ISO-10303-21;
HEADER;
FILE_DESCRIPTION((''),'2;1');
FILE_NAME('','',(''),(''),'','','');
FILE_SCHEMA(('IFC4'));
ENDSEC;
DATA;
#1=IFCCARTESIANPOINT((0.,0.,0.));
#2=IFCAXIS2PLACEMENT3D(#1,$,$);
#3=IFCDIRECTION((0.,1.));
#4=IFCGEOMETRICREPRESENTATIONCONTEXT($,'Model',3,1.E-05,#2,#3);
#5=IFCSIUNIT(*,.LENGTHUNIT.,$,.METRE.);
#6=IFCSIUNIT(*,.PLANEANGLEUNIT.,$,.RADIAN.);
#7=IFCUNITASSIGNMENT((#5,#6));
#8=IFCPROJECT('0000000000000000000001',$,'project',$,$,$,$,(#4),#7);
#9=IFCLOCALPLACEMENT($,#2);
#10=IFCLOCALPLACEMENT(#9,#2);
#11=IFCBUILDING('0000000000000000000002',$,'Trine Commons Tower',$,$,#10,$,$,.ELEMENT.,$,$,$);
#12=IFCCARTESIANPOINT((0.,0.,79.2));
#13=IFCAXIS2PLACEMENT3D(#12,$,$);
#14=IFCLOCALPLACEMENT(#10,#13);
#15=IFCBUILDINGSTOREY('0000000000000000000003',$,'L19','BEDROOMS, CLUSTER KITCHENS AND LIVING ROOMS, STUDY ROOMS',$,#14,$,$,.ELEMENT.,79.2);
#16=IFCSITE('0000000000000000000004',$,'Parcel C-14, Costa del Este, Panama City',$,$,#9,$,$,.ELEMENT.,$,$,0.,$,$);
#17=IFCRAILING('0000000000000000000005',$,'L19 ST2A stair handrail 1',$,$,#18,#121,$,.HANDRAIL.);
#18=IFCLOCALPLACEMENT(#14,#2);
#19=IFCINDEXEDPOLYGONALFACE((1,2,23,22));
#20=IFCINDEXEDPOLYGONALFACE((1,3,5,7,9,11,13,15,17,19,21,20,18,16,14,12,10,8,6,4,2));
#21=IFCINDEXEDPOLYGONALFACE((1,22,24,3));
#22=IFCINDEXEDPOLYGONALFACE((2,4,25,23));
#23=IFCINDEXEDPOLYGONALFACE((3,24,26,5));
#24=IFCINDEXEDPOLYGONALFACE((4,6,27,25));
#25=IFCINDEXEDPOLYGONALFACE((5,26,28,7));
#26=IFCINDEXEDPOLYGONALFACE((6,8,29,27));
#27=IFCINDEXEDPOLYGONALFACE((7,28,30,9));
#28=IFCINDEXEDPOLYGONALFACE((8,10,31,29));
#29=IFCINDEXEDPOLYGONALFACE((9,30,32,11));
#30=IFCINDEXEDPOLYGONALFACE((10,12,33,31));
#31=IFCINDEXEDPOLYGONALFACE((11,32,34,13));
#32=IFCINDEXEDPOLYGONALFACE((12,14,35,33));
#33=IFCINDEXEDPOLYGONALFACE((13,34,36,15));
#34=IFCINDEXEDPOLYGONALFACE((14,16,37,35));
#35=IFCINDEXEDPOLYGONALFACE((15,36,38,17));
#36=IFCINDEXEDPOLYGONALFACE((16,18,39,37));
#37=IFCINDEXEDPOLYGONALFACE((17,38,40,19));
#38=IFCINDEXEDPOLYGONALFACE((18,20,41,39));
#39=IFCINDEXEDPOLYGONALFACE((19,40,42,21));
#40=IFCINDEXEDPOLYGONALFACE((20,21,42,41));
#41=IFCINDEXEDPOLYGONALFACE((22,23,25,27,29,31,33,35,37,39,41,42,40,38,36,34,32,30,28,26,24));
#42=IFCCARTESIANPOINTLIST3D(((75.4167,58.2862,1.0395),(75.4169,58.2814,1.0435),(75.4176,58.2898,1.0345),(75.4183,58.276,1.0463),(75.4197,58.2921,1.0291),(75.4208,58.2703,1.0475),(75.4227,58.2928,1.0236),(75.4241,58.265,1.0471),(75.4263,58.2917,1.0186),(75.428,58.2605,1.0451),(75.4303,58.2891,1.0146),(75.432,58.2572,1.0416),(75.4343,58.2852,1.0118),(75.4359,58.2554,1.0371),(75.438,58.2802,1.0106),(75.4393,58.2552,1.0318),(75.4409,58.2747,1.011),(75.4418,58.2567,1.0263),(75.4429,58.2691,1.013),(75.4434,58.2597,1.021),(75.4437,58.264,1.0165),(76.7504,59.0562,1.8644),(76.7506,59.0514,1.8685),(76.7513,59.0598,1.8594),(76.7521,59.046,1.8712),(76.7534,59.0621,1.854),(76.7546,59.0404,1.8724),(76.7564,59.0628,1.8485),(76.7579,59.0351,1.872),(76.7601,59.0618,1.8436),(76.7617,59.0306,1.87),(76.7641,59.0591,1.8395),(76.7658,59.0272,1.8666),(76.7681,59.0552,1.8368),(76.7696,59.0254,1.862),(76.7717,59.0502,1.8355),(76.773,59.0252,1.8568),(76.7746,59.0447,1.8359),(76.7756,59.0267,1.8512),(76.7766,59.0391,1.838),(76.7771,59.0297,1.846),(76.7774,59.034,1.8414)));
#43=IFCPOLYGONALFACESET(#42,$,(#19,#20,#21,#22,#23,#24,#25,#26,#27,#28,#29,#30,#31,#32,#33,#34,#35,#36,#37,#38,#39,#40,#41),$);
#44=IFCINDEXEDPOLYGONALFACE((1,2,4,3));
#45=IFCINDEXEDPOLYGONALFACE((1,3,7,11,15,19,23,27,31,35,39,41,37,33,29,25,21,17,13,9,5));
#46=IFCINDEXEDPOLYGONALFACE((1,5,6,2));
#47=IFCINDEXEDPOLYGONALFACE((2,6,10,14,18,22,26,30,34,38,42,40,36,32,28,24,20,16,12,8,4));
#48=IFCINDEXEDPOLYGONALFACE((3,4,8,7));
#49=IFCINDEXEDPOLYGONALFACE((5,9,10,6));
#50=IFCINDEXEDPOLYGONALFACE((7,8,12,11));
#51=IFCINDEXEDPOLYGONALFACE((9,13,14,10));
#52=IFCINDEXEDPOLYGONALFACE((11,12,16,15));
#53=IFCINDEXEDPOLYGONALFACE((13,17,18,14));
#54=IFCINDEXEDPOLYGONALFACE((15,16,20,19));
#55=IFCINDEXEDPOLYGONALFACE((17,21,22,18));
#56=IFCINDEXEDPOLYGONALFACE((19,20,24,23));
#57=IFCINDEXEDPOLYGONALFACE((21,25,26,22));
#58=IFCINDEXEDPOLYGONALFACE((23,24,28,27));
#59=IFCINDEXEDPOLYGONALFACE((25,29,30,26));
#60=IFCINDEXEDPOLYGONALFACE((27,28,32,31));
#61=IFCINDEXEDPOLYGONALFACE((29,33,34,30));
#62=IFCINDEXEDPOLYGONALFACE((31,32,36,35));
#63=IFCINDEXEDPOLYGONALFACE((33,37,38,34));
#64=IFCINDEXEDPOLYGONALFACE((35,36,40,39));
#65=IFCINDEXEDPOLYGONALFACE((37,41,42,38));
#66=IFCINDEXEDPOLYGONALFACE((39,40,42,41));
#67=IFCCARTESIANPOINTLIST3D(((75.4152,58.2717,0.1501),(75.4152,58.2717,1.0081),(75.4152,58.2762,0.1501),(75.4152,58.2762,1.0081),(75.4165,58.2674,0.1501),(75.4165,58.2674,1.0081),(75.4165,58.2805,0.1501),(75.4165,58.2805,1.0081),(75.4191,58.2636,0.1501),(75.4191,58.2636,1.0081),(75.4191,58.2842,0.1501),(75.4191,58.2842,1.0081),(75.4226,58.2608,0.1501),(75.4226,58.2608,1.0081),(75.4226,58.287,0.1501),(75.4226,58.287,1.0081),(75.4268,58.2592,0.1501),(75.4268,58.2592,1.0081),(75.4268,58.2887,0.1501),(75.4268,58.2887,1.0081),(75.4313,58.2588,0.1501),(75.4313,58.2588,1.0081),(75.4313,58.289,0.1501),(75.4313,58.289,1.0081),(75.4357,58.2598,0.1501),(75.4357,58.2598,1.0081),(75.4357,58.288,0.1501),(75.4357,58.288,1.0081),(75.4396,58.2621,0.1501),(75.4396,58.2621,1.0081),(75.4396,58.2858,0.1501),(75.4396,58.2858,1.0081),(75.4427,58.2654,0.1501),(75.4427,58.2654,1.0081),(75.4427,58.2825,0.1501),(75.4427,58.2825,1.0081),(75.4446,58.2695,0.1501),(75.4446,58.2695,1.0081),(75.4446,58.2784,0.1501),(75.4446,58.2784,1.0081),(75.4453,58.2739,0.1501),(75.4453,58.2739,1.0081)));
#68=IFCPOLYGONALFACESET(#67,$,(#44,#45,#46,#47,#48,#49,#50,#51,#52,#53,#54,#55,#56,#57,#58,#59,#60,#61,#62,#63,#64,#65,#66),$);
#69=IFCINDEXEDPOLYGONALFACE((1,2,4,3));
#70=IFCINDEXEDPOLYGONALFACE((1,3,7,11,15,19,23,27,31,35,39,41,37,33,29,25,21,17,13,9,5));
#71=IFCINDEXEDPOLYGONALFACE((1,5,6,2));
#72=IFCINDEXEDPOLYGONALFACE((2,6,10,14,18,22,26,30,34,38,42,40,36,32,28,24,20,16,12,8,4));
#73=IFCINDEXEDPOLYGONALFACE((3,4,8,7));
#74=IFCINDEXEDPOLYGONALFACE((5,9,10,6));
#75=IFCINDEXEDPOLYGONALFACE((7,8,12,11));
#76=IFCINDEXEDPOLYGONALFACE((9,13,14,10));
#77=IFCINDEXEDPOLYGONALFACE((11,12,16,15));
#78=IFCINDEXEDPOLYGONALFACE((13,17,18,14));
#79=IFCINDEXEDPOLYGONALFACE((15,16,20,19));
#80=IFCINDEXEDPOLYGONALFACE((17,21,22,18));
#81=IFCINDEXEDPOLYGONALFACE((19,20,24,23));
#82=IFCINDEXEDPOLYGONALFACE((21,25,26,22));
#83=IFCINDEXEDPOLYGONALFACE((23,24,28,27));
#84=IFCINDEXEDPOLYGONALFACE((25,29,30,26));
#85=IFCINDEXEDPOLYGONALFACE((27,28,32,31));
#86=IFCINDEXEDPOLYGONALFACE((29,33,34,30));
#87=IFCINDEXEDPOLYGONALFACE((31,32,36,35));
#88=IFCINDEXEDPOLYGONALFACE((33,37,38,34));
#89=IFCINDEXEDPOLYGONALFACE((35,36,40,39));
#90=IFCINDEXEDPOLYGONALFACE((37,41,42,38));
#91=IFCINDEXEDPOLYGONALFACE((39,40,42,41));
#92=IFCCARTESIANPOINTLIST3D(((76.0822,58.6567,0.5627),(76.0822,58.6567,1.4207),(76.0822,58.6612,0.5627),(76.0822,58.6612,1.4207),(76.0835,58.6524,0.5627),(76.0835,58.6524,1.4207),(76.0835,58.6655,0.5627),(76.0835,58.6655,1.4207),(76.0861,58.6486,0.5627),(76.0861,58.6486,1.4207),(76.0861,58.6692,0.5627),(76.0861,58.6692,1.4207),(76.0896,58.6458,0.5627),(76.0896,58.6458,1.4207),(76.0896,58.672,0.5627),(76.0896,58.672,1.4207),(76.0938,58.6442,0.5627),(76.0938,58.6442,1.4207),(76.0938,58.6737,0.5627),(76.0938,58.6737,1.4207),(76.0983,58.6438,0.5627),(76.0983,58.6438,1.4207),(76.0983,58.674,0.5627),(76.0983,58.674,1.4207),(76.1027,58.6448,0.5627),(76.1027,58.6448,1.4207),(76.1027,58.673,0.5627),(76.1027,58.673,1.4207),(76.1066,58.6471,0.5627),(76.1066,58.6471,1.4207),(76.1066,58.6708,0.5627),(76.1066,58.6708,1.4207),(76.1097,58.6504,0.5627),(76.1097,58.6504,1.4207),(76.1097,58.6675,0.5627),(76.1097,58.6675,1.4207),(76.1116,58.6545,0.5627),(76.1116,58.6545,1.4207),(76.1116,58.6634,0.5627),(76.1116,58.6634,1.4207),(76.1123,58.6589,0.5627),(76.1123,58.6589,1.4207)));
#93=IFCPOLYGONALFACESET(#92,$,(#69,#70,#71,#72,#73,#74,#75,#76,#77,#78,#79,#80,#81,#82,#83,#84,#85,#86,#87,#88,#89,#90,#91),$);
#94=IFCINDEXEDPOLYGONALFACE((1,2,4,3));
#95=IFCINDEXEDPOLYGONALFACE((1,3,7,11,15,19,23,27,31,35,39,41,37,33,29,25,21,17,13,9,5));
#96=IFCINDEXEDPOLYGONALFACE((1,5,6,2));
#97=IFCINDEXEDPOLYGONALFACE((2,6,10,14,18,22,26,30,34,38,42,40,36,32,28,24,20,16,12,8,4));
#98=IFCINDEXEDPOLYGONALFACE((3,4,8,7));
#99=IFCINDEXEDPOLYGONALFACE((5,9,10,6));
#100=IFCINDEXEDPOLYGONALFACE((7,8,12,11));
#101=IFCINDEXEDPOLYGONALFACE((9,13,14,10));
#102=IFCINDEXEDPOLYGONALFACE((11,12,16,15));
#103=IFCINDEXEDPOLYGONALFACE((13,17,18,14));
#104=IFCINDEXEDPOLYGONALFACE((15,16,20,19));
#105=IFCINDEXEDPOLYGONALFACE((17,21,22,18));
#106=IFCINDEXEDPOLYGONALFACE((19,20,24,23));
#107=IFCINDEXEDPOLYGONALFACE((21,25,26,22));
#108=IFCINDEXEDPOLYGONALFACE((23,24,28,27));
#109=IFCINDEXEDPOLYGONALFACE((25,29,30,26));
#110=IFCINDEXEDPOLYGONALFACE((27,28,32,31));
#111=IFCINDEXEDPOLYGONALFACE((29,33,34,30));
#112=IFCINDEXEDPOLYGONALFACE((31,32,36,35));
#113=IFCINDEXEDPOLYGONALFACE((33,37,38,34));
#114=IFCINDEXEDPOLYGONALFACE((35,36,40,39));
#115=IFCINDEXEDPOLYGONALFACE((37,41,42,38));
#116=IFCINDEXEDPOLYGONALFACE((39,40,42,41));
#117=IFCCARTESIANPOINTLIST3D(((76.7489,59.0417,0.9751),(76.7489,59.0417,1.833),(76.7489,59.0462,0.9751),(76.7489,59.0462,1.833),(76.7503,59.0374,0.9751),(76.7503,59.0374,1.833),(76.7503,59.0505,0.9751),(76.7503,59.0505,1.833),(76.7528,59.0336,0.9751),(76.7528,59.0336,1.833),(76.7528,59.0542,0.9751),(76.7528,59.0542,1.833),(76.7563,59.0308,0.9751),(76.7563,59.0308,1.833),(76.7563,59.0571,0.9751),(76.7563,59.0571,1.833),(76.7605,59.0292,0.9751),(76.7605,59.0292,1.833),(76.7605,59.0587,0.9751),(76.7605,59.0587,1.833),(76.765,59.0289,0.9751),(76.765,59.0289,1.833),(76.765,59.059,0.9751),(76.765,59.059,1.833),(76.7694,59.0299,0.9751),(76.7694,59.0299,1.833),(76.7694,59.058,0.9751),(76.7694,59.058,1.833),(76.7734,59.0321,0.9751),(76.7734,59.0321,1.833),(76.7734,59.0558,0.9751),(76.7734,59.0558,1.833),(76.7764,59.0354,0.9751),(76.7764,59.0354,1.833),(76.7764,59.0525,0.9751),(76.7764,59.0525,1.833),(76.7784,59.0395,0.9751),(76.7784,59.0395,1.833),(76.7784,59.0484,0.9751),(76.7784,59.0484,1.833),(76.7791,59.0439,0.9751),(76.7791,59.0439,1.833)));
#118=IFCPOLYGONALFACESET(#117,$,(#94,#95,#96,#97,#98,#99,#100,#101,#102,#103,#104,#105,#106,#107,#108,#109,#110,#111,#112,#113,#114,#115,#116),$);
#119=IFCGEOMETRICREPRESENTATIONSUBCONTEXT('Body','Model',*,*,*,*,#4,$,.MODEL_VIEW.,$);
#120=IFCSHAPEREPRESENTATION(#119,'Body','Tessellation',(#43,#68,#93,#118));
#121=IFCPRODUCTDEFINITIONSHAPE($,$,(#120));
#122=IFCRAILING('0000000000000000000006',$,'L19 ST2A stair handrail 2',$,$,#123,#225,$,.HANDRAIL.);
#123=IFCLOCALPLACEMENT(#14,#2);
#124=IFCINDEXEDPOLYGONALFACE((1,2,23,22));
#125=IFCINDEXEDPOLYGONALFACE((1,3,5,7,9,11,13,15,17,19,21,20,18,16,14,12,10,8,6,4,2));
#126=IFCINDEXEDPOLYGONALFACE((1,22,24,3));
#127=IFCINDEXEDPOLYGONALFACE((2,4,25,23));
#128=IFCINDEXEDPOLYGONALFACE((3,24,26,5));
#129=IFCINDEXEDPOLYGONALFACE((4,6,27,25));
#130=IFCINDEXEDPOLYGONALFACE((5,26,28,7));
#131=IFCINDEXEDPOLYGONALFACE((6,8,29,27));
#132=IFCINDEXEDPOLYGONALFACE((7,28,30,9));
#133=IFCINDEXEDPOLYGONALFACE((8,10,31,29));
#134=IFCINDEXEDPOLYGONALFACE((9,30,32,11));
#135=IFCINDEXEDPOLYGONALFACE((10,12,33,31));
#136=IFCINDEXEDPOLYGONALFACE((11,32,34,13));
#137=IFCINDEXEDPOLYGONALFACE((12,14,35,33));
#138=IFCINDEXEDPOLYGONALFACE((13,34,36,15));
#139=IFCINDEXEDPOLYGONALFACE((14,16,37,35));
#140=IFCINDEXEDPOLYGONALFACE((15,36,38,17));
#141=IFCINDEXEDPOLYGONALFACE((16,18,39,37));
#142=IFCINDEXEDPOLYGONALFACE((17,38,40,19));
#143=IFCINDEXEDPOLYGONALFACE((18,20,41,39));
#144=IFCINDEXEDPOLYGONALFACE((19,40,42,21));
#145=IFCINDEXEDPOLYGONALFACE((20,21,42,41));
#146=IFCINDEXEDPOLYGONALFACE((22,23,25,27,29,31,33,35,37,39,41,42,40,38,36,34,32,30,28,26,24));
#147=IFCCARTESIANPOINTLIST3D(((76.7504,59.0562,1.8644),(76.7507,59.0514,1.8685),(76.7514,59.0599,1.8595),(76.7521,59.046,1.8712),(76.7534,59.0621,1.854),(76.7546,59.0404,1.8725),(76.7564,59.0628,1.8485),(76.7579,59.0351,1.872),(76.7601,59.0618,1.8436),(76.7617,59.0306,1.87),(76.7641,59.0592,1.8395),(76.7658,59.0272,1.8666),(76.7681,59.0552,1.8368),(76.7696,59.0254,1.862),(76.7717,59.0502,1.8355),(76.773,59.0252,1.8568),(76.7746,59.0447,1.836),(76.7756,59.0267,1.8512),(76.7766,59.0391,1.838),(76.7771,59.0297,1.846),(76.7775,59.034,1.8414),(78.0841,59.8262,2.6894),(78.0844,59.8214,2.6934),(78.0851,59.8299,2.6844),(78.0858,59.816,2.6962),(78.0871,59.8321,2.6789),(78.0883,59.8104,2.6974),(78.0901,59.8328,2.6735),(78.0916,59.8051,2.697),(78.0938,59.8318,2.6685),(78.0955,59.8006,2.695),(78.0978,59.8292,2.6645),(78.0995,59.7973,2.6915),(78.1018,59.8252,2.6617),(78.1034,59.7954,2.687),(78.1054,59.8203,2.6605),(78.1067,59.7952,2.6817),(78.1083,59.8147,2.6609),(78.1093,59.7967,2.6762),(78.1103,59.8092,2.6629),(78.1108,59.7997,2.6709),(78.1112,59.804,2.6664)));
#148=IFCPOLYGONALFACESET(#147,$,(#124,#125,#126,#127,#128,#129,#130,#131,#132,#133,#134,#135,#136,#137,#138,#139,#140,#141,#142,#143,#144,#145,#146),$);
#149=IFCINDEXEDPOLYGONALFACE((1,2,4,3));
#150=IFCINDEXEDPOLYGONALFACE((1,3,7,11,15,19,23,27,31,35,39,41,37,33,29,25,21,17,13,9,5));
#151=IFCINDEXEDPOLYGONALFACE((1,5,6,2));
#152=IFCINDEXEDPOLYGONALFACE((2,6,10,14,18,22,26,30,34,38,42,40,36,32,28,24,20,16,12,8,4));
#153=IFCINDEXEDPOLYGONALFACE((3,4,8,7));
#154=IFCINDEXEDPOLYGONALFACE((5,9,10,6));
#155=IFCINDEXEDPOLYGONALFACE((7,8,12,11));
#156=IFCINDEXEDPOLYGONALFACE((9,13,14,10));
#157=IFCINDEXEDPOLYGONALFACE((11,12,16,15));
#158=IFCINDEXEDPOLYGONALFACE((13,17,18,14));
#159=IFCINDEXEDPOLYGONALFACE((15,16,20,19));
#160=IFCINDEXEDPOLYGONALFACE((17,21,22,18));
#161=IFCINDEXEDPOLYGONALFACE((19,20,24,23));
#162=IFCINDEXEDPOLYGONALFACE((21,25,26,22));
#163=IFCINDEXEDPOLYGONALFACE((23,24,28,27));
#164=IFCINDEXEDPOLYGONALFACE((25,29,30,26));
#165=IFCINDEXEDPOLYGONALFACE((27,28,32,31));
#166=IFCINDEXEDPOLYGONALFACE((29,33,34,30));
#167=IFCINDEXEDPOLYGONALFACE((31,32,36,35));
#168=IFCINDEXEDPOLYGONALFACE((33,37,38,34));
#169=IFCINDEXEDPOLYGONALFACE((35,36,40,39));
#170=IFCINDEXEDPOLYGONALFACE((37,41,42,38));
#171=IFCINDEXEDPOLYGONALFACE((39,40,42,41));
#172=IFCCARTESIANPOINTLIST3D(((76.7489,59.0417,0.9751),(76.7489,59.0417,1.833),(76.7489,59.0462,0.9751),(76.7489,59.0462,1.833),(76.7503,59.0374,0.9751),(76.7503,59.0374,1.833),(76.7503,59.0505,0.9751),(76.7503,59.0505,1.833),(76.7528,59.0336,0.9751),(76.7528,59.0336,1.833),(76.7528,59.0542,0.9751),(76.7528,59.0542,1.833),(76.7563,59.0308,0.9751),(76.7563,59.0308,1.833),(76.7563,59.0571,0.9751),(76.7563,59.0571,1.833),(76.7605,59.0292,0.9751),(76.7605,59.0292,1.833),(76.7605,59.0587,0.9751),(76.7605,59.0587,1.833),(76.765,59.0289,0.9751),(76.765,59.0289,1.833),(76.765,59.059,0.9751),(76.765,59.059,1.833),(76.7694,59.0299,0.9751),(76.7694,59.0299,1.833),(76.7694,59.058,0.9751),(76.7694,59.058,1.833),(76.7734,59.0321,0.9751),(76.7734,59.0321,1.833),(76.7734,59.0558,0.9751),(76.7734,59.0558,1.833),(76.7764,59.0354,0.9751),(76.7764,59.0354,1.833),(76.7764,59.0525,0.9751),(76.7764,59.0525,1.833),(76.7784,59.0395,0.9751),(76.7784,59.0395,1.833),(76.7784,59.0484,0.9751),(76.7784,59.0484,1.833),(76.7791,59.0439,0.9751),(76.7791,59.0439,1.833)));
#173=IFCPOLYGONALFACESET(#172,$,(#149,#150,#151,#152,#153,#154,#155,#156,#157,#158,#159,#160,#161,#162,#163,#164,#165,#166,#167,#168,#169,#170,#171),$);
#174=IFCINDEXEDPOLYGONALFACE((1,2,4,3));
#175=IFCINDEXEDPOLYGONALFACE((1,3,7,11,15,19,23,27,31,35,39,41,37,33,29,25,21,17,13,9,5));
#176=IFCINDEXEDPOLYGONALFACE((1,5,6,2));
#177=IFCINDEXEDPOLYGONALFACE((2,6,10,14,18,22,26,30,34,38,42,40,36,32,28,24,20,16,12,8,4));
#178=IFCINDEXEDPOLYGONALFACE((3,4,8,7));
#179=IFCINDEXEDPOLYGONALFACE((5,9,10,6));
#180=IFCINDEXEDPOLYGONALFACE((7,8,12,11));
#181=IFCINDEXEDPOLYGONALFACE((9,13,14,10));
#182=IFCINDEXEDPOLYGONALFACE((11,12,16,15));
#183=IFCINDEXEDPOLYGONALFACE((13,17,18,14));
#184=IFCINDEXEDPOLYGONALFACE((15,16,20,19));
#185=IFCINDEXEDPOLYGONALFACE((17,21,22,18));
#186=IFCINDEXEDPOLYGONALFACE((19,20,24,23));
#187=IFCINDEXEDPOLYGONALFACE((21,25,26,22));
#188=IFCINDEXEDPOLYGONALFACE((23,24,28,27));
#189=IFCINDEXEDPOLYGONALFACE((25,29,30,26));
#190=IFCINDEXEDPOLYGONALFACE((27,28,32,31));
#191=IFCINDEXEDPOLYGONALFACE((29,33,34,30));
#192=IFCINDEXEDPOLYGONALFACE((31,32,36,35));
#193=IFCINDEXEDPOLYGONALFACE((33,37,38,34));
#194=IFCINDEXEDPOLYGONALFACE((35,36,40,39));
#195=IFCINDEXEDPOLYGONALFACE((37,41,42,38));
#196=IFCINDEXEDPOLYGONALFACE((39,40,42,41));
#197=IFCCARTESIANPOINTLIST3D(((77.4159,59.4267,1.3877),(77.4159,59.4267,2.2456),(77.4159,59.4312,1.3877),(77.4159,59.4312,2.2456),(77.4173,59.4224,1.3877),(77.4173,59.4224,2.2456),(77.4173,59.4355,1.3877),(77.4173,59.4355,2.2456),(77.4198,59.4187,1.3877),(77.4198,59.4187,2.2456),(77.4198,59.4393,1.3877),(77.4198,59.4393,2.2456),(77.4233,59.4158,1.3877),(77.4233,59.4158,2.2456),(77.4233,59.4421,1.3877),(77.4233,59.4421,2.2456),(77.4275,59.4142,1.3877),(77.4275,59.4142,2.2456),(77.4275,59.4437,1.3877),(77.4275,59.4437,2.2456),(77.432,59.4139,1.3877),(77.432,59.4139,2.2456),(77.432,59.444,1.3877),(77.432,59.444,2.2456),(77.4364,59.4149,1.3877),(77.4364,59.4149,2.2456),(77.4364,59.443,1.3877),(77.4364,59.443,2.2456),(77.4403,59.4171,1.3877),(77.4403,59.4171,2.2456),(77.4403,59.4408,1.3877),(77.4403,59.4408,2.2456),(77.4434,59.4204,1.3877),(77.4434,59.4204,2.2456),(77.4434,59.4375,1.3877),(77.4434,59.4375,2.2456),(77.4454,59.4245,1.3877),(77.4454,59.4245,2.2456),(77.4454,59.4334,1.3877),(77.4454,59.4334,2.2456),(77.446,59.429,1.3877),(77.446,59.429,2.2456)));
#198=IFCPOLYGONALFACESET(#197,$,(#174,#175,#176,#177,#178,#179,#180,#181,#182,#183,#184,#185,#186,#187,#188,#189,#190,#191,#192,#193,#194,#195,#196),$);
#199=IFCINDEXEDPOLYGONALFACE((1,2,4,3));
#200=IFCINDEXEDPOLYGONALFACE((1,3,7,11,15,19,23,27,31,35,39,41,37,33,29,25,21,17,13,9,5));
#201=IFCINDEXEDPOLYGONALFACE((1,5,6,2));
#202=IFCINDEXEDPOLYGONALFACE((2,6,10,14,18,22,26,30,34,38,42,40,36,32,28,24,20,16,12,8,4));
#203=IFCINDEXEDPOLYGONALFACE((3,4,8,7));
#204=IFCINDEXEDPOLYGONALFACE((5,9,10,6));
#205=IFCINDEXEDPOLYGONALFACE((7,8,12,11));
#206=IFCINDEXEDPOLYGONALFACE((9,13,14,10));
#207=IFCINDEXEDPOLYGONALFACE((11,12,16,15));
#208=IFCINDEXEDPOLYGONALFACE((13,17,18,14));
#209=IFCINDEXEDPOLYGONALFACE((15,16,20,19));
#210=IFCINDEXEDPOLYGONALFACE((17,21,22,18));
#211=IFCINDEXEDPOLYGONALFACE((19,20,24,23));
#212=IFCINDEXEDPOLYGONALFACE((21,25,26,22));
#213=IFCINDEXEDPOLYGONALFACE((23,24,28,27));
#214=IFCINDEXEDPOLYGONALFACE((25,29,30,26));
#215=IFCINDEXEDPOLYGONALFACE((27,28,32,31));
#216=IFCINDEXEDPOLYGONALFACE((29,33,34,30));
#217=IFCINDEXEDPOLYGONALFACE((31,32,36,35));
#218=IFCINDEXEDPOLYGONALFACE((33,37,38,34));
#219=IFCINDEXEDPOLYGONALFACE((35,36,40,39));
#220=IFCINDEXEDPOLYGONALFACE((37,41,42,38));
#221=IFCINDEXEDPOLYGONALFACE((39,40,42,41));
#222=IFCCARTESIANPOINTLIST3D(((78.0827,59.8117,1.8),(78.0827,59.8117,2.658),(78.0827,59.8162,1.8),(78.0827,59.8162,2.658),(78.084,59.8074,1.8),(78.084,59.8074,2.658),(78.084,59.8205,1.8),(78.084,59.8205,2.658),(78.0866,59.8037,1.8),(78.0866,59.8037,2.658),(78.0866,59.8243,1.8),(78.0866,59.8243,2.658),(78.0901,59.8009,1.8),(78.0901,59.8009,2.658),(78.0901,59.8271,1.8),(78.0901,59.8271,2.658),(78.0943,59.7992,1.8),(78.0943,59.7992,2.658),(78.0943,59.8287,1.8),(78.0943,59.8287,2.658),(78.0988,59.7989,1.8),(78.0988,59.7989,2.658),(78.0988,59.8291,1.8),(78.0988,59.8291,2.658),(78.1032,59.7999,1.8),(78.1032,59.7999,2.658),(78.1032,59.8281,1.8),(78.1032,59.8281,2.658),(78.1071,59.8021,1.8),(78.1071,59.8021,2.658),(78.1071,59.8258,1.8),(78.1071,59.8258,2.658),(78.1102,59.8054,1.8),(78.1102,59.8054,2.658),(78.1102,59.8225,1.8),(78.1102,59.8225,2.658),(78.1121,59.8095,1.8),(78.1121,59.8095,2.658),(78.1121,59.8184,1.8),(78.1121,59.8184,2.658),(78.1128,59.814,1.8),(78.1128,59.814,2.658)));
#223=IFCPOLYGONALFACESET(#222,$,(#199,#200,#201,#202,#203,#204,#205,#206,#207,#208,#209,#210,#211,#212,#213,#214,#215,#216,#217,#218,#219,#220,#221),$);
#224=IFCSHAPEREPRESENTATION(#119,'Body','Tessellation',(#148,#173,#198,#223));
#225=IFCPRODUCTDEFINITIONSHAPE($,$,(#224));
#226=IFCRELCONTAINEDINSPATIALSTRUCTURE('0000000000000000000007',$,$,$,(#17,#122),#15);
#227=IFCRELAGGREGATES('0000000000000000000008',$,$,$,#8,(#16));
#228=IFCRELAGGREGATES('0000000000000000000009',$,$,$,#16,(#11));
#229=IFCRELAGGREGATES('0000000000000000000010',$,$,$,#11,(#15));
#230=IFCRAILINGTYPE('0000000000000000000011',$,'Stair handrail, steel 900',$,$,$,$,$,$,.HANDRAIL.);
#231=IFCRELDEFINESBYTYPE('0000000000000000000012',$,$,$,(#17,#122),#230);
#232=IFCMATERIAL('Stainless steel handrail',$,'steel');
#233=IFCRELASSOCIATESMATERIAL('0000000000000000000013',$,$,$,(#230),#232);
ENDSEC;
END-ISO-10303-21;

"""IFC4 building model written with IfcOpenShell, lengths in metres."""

from ifc_helpers import new_model, si_unit, direction, frame, origin, origin_2d, place, context, subcontext, project, spatial, circle, extrude, material, type_object, element, save


model = new_model("IFC4")

# Units and contexts
model_context = context("Model", 3, precision=1e-05, world=origin(), true_north=direction((0.0, 1.0)))
body_context = subcontext(model_context, "Body", "Model", "MODEL_VIEW")
ifc_project = project(units=[si_unit("LENGTHUNIT", "METRE"), si_unit("PLANEANGLEUNIT", "RADIAN")], contexts=[model_context])

# Site, building, storey
site_placement = place(None, origin())
site = spatial("IfcSite", under=ifc_project, at=site_placement, Name="Parcel C-14, Costa del Este, Panama City", CompositionType="ELEMENT", RefElevation=0.0)
building_placement = place(site_placement, origin())
building = spatial("IfcBuilding", under=site, at=building_placement, Name="Trine Commons Tower", CompositionType="ELEMENT")
storey_placement = place(building_placement, frame((0.0, 0.0, 79.2)))
storey = spatial("IfcBuildingStorey", under=building, at=storey_placement, Name="L19", Description="BEDROOMS, CLUSTER KITCHENS AND LIVING ROOMS, STUDY ROOMS", CompositionType="ELEMENT", Elevation=79.2)

# Railings
ifc_material_1 = material(Name="Stainless steel handrail", Category="steel")
railing_type_1 = type_object("IfcRailingType", Name="Stair handrail, steel 900", PredefinedType="HANDRAIL", material=ifc_material_1)
for number, where, name in (
    (1, (75.4302, 58.2739, 0.1501), "L19 ST2A stair handrail 1"),
    (2, (76.7639, 59.0439, 0.9751), "L19 ST2A stair handrail 2"),
):
    element("IfcRailing", number, at=place(storey_placement, frame(where)), inside=storey, type_object=railing_type_1, Name=name, PredefinedType="HANDRAIL", context=body_context, shape_type="SweptSolid", body=[
        extrude(circle(Radius=0.021, at=origin_2d()), frame((0.0, 0.0, 0.8789), z_axis=(0.763405, 0.440743, 0.472185), x_axis=(-0.499992, 0.86603, 0.0)), (0.0, 0.0, 1.0), 1.7471),
        extrude(circle(Radius=0.0151, at=origin_2d()), origin(), (0.0, 0.0, 1.0), 0.8579),
        extrude(circle(Radius=0.0151, at=origin_2d()), frame((0.667, 0.385, 0.4126)), (0.0, 0.0, 1.0), 0.8579),
        extrude(circle(Radius=0.0151, at=origin_2d()), frame((1.3337, 0.77, 0.825)), (0.0, 0.0, 1.0), 0.8579),
    ])

save(model, "model.ifc")
